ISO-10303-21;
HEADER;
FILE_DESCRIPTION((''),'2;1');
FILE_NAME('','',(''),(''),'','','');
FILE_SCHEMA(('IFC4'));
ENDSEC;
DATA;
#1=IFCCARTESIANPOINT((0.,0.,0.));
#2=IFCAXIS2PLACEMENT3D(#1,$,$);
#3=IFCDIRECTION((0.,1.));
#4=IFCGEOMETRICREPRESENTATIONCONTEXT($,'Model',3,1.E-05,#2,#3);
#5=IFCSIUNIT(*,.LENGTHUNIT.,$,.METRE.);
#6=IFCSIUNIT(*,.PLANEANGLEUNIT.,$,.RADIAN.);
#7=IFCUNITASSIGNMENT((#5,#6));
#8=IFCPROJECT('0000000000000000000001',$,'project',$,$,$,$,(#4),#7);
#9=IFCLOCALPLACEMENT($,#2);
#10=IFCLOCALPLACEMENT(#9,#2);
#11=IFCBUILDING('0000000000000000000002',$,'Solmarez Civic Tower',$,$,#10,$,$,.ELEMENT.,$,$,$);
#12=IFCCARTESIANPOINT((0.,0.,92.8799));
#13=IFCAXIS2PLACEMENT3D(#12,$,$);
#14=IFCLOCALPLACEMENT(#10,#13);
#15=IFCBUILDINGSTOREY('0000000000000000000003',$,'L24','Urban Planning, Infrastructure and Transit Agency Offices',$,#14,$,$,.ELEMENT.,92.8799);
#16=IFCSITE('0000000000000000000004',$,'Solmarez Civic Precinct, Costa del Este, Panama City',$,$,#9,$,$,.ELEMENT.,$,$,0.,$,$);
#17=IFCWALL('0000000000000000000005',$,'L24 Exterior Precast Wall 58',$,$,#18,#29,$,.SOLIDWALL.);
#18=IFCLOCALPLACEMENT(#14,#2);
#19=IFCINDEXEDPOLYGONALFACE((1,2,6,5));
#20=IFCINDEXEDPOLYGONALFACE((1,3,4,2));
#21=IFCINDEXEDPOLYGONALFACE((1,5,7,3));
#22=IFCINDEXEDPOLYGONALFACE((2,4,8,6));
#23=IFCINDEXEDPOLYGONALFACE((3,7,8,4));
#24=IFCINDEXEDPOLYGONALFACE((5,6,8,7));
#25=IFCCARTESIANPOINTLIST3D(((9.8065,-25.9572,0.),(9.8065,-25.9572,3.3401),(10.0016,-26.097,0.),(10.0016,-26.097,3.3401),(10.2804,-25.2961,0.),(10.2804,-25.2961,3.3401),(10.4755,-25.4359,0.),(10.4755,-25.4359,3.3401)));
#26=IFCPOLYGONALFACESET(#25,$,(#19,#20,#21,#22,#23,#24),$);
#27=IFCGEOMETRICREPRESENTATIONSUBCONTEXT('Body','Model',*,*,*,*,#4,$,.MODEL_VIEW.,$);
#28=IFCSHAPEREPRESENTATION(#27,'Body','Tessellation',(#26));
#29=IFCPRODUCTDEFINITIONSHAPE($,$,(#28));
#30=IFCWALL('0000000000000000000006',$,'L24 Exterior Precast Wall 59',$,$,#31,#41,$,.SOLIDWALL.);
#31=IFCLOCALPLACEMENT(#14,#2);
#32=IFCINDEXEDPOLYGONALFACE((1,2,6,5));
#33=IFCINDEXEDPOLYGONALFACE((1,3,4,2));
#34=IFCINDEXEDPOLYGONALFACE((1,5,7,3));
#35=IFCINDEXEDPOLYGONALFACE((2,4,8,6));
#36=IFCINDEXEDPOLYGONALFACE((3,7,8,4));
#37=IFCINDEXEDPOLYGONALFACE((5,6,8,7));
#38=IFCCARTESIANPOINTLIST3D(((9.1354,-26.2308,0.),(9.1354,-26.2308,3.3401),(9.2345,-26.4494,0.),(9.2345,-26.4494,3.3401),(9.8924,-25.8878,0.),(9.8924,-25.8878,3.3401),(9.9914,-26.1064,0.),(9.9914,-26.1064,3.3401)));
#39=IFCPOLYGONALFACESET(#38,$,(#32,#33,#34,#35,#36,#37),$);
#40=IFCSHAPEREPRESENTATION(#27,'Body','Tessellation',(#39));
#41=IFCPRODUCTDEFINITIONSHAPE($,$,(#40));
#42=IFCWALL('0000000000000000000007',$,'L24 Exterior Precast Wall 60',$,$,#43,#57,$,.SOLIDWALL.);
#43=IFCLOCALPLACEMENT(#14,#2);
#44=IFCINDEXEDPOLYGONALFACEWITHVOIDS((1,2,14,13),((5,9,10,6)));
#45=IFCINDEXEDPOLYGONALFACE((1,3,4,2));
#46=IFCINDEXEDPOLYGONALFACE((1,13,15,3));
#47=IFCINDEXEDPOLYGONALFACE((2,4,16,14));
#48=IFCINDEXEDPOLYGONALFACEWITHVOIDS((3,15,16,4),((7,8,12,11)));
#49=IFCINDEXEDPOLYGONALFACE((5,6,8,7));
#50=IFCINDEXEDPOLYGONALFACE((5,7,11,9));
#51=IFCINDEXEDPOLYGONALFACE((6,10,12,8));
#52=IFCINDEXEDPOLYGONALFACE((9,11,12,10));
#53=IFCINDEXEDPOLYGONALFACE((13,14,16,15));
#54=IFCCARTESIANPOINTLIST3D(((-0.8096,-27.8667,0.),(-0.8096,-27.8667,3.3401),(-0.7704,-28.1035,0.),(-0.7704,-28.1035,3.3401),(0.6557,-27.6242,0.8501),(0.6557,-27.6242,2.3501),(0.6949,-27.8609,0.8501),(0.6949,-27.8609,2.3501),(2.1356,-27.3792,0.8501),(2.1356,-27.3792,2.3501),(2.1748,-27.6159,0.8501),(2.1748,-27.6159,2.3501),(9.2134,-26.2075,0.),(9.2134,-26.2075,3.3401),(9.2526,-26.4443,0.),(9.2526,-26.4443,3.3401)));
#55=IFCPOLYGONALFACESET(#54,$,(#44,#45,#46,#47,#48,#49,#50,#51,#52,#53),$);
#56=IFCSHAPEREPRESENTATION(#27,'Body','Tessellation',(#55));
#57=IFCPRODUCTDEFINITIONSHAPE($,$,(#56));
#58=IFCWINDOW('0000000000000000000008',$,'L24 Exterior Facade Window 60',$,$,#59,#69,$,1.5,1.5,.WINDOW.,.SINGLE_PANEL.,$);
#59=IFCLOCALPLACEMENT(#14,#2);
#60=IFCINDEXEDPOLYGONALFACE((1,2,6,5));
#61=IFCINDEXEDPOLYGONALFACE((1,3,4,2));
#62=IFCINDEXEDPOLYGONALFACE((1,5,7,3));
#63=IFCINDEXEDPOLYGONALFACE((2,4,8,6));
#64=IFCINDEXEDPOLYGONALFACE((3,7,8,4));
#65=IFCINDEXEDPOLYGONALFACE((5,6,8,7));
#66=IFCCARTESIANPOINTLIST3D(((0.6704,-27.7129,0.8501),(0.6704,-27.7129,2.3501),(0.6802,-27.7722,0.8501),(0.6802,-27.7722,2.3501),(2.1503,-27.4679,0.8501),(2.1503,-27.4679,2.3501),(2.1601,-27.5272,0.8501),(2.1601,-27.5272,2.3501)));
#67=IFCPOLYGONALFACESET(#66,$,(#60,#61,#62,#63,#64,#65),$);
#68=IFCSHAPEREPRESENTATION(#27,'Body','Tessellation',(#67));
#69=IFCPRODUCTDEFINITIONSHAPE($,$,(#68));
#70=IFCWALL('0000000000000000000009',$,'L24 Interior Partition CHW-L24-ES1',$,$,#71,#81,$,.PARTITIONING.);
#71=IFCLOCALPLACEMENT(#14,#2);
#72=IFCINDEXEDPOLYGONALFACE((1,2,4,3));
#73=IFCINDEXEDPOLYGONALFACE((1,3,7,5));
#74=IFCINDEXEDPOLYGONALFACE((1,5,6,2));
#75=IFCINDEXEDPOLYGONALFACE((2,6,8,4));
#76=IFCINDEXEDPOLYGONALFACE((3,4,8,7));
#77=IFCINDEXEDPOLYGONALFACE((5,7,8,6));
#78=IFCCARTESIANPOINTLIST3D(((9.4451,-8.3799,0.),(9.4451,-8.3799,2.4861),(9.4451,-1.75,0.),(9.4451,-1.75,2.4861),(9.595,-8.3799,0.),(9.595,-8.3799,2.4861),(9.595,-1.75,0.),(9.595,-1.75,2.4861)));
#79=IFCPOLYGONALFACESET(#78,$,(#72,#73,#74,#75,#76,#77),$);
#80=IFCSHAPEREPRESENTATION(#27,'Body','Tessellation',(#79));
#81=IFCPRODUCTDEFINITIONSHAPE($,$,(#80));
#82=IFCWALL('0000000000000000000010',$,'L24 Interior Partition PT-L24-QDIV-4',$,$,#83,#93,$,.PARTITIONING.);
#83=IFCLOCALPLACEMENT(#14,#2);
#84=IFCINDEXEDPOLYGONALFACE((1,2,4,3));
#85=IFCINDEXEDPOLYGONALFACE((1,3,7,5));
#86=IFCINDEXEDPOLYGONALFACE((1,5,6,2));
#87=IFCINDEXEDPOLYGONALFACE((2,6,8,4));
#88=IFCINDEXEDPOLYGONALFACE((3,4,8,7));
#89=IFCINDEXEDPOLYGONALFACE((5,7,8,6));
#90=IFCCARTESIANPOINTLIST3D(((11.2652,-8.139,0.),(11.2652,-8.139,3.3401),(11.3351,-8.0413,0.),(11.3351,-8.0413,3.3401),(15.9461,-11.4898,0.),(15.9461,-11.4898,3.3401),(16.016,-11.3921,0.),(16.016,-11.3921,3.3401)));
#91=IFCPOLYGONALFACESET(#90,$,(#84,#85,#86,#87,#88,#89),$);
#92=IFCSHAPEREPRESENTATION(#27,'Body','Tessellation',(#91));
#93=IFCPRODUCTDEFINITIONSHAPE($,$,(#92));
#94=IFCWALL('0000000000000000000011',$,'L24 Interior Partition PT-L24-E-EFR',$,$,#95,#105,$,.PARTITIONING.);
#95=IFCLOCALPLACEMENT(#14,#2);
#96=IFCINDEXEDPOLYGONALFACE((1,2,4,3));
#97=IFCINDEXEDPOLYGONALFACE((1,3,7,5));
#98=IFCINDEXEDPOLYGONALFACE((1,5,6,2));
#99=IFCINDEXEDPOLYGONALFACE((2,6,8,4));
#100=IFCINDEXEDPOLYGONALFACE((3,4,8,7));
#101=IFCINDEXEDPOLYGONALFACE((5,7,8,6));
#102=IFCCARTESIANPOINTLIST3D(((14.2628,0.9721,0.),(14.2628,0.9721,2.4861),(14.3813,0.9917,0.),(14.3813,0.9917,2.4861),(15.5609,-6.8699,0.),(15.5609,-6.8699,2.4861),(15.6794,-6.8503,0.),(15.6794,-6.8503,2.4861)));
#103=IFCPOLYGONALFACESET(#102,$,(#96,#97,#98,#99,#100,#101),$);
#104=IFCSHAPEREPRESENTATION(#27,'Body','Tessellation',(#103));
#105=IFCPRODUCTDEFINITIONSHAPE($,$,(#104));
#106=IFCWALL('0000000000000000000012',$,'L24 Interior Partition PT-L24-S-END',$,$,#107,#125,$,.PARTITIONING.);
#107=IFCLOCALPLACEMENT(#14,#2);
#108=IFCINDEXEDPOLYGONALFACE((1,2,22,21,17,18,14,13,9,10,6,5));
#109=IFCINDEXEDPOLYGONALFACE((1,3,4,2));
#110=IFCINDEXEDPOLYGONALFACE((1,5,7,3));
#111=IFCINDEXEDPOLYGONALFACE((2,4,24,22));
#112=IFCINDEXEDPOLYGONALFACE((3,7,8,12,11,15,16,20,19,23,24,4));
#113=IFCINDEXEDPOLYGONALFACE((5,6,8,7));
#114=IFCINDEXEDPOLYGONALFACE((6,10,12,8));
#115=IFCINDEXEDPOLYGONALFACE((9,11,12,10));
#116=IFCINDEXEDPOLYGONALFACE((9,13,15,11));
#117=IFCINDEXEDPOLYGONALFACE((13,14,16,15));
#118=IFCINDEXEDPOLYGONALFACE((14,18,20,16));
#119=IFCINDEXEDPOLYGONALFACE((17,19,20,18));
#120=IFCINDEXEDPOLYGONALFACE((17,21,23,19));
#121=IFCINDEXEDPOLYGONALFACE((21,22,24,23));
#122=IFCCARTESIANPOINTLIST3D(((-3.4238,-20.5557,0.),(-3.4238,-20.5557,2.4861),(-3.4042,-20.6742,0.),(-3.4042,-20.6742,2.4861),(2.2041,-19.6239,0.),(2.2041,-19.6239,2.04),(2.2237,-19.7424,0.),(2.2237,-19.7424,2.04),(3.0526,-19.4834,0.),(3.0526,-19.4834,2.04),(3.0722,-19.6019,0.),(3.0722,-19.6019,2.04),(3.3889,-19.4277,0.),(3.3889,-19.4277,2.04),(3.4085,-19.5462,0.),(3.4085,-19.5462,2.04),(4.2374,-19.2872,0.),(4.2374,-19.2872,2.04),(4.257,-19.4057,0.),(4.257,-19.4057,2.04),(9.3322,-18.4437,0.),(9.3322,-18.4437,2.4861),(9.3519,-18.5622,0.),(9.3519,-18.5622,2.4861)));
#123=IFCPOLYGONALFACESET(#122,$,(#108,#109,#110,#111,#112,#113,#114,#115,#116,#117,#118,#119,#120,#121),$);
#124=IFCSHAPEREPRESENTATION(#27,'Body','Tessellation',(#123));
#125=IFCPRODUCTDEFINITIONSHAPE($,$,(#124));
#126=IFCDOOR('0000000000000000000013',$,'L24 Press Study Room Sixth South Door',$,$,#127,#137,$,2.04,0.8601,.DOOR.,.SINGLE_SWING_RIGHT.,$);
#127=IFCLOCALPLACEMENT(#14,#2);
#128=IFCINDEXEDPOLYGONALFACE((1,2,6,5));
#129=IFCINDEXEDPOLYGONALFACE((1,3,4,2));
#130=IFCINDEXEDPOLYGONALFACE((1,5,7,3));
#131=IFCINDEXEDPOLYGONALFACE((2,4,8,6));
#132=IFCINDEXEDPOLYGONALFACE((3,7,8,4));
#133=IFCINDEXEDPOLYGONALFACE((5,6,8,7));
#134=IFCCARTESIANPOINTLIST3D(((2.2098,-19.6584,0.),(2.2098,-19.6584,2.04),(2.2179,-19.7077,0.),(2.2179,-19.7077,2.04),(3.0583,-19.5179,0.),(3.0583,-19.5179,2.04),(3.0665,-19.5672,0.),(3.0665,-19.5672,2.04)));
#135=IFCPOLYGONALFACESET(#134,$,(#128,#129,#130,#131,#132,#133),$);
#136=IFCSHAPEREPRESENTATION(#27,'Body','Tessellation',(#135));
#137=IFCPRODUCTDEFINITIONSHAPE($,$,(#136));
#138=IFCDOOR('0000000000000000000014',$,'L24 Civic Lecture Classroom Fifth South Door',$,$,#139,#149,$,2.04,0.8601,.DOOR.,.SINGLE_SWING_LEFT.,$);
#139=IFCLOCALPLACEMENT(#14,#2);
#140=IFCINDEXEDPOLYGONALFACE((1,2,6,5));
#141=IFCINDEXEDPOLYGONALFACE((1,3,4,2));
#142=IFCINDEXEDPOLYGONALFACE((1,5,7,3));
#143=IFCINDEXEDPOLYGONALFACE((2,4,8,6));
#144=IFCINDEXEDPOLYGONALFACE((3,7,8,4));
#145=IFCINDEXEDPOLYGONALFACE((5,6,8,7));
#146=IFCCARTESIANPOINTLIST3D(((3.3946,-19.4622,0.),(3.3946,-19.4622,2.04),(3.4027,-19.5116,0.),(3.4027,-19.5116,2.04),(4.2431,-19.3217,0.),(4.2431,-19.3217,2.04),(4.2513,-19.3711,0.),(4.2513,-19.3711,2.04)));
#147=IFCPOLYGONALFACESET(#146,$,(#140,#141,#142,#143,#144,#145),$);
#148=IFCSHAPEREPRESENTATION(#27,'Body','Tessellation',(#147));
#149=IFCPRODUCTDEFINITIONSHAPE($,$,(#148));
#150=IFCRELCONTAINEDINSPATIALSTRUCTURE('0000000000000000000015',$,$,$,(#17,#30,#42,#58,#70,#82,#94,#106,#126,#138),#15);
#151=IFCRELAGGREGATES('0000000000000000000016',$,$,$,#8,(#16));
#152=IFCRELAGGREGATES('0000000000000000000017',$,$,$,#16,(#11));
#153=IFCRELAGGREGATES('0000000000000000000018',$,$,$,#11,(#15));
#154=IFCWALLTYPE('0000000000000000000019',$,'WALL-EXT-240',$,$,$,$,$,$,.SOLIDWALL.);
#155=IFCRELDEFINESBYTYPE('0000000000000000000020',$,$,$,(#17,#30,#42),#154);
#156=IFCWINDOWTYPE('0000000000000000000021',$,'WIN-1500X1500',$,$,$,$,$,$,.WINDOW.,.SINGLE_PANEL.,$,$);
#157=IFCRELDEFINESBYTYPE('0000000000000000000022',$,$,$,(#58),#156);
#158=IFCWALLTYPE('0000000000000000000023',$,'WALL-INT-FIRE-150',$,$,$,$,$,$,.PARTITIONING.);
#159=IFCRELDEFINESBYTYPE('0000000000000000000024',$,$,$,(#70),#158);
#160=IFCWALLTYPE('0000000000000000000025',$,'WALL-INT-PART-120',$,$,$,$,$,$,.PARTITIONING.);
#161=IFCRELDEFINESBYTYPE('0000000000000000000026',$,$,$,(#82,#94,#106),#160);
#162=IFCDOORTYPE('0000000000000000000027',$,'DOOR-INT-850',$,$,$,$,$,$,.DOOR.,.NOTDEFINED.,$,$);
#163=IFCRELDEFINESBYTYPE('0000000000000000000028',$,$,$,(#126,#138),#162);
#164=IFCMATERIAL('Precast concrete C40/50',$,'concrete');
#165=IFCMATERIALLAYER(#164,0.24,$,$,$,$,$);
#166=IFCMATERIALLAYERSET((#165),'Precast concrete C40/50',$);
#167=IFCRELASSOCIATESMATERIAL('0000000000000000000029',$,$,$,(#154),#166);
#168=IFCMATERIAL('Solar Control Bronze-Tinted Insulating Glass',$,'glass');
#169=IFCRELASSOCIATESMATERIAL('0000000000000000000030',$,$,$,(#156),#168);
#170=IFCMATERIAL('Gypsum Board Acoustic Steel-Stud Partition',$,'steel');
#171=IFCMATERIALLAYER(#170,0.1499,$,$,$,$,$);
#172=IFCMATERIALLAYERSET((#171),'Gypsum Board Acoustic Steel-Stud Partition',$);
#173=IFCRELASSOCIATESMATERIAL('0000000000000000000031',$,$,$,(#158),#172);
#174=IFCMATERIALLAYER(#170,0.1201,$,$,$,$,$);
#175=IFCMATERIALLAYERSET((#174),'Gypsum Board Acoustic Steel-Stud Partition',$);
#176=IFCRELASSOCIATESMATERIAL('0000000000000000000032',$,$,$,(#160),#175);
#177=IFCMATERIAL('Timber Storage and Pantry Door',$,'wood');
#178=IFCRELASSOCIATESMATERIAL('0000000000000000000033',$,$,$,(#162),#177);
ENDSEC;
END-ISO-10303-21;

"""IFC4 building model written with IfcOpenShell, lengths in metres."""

from ifc_helpers import new_model, si_unit, direction, frame, frame_2d, origin, place, context, subcontext, project, spatial, rectangle, extrude, material, layer, layer_set, type_object, element, fill, save


model = new_model("IFC4")

# Units and contexts
model_context = context("Model", 3, precision=1e-05, world=origin(), true_north=direction((0.0, 1.0)))
body_context = subcontext(model_context, "Body", "Model", "MODEL_VIEW")
ifc_project = project(units=[si_unit("LENGTHUNIT", "METRE"), si_unit("PLANEANGLEUNIT", "RADIAN")], contexts=[model_context])

# Site, building, storey
site_placement = place(None, origin())
site = spatial("IfcSite", under=ifc_project, at=site_placement, Name="Solmarez Civic Precinct, Costa del Este, Panama City", CompositionType="ELEMENT", RefElevation=0.0)
building_placement = place(site_placement, origin())
building = spatial("IfcBuilding", under=site, at=building_placement, Name="Solmarez Civic Tower", CompositionType="ELEMENT")
storey_placement = place(building_placement, frame((0.0, 0.0, 92.8799)))
storey = spatial("IfcBuildingStorey", under=building, at=storey_placement, Name="L24", Description="Urban Planning, Infrastructure and Transit Agency Offices", CompositionType="ELEMENT", Elevation=92.8799)

# Walls
ifc_material_1 = material(Name="Precast concrete C40/50", Category="concrete")
ifc_layer_1 = layer(ifc_material_1, 0.24)
ifc_layer_set_1 = layer_set([ifc_layer_1], Name="Precast concrete C40/50")
wall_type_1 = type_object("IfcWallType", Name="WALL-EXT-240", PredefinedType="SOLIDWALL", material=ifc_layer_set_1)
wall_1_placement = place(storey_placement, frame((10.3779, -25.366, 0.0), z_axis=(0.0, 0.0, 1.0), x_axis=(-0.582572, -0.812779, 0.0)))
element("IfcWall", 1, at=wall_1_placement, inside=storey, type_object=wall_type_1, Name="L24 Exterior Precast Wall 58", PredefinedType="SOLIDWALL", context=body_context, shape_type="SweptSolid", body=[
    extrude(rectangle(XDim=0.8135, YDim=0.24, at=frame_2d((0.4067, 0.0))), origin(), (0.0, 0.0, 1.0), 3.3401),
])
wall_2_placement = place(storey_placement, frame((9.9419, -25.9971, 0.0), z_axis=(0.0, 0.0, 1.0), x_axis=(-0.910819, -0.412807, 0.0)))
element("IfcWall", 2, at=wall_2_placement, inside=storey, type_object=wall_type_1, Name="L24 Exterior Precast Wall 59", PredefinedType="SOLIDWALL", context=body_context, shape_type="SweptSolid", body=[
    extrude(rectangle(XDim=0.8311, YDim=0.24, at=frame_2d((0.4155, 0.0))), origin(), (0.0, 0.0, 1.0), 3.3401),
])

# Wall, opening, window
wall_3_placement = place(storey_placement, frame((9.2329, -26.3259, 0.0), z_axis=(0.0, 0.0, 1.0), x_axis=(-0.986574, -0.163316, 0.0)))
wall_3 = element("IfcWall", 3, at=wall_3_placement, inside=storey, type_object=wall_type_1, Name="L24 Exterior Precast Wall 60", PredefinedType="SOLIDWALL", context=body_context, shape_type="SweptSolid", body=[
    extrude(rectangle(XDim=10.1594, YDim=0.24, at=frame_2d((5.0796, 0.0))), origin(), (0.0, 0.0, 1.0), 3.3401),
])
opening_1_placement = place(wall_3_placement, frame((7.1741, 0.0, 0.8501)))
opening_1 = element("IfcOpeningElement", 4, at=opening_1_placement, cuts=wall_3, PredefinedType="OPENING", context=body_context, shape_type="SweptSolid", body=[
    extrude(rectangle(XDim=1.5, YDim=1.5, at=frame_2d((0.75, 0.75))), frame((0.0, 0.1299, 0.0), z_axis=(0.0, -1.0, 0.0), x_axis=(1.0, 0.0, 0.0)), (0.0, 0.0, 1.0), 0.26),
])
ifc_material_2 = material(Name="Solar Control Bronze-Tinted Insulating Glass", Category="glass")
window_type = type_object("IfcWindowType", Name="WIN-1500X1500", PartitioningType="SINGLE_PANEL", PredefinedType="WINDOW", material=ifc_material_2)
window_placement = place(opening_1_placement, origin())
window = element("IfcWindow", 5, at=window_placement, inside=storey, type_object=window_type, Name="L24 Exterior Facade Window 60", OverallHeight=1.5, OverallWidth=1.5, PartitioningType="SINGLE_PANEL", PredefinedType="WINDOW", context=body_context, shape_type="SweptSolid", body=[
    extrude(rectangle(XDim=1.5, YDim=1.5, at=frame_2d((0.75, 0.75))), frame((0.0, 0.03, 0.0), z_axis=(0.0, -1.0, 0.0), x_axis=(1.0, 0.0, 0.0)), (0.0, 0.0, 1.0), 0.0601),
])
fill(opening_1, window)

# Walls
ifc_material_3 = material(Name="Gypsum Board Acoustic Steel-Stud Partition", Category="steel")
ifc_layer_2 = layer(ifc_material_3, 0.1499)
ifc_layer_set_2 = layer_set([ifc_layer_2], Name="Gypsum Board Acoustic Steel-Stud Partition")
wall_type_2 = type_object("IfcWallType", Name="WALL-INT-FIRE-150", PredefinedType="PARTITIONING", material=ifc_layer_set_2)
wall_4_placement = place(storey_placement, frame((9.52, -8.3799, 0.0), z_axis=(0.0, 0.0, 1.0), x_axis=(0.0, 1.0, 0.0)))
element("IfcWall", 6, at=wall_4_placement, inside=storey, type_object=wall_type_2, Name="L24 Interior Partition CHW-L24-ES1", PredefinedType="PARTITIONING", context=body_context, shape_type="SweptSolid", body=[
    extrude(rectangle(XDim=6.6299, YDim=0.1499, at=frame_2d((3.3149, 0.0))), origin(), (0.0, 0.0, 1.0), 2.4861),
])
ifc_layer_3 = layer(ifc_material_3, 0.1201)
ifc_layer_set_3 = layer_set([ifc_layer_3], Name="Gypsum Board Acoustic Steel-Stud Partition")
wall_type_3 = type_object("IfcWallType", Name="WALL-INT-PART-120", PredefinedType="PARTITIONING", material=ifc_layer_set_3)
wall_5_placement = place(storey_placement, frame((11.3, -8.0901, 0.0), z_axis=(0.0, 0.0, 1.0), x_axis=(0.813131, -0.58208, 0.0)))
element("IfcWall", 7, at=wall_5_placement, inside=storey, type_object=wall_type_3, Name="L24 Interior Partition PT-L24-QDIV-4", PredefinedType="PARTITIONING", context=body_context, shape_type="SweptSolid", body=[
    extrude(rectangle(XDim=5.7566, YDim=0.1201, at=frame_2d((2.8784, 0.0))), origin(), (0.0, 0.0, 1.0), 3.3401),
])
wall_6_placement = place(storey_placement, frame((15.6201, -6.8601, 0.0), z_axis=(0.0, 0.0, 1.0), x_axis=(-0.163308, 0.986575, 0.0)))
element("IfcWall", 8, at=wall_6_placement, inside=storey, type_object=wall_type_3, Name="L24 Interior Partition PT-L24-E-EFR", PredefinedType="PARTITIONING", context=body_context, shape_type="SweptSolid", body=[
    extrude(rectangle(XDim=7.9487, YDim=0.1201, at=frame_2d((3.9744, 0.0))), origin(), (0.0, 0.0, 1.0), 2.4861),
])

# Wall, openings, doors
wall_7_placement = place(storey_placement, frame((9.342, -18.5029, 0.0), z_axis=(0.0, 0.0, 1.0), x_axis=(-0.986568, -0.163349, 0.0)))
wall_7 = element("IfcWall", 9, at=wall_7_placement, inside=storey, type_object=wall_type_3, Name="L24 Interior Partition PT-L24-S-END", PredefinedType="PARTITIONING", context=body_context, shape_type="SweptSolid", body=[
    extrude(rectangle(XDim=12.9297, YDim=0.1201, at=frame_2d((6.4648, 0.0))), origin(), (0.0, 0.0, 1.0), 2.4861),
])
opening_2_placement = place(wall_7_placement, frame((6.365, 0.0, 0.0)))
opening_2 = element("IfcOpeningElement", 10, at=opening_2_placement, cuts=wall_7, PredefinedType="OPENING", context=body_context, shape_type="SweptSolid", body=[
    extrude(rectangle(XDim=0.8601, YDim=2.04, at=frame_2d((0.4302, 1.02))), frame((0.0, 0.0701, 0.0), z_axis=(0.0, -1.0, 0.0), x_axis=(1.0, 0.0, 0.0)), (0.0, 0.0, 1.0), 0.1401),
])
opening_3_placement = place(wall_7_placement, frame((5.1641, 0.0, 0.0)))
opening_3 = element("IfcOpeningElement", 11, at=opening_3_placement, cuts=wall_7, PredefinedType="OPENING", context=body_context, shape_type="SweptSolid", body=[
    extrude(rectangle(XDim=0.8601, YDim=2.04, at=frame_2d((0.4302, 1.02))), frame((0.0, 0.0701, 0.0), z_axis=(0.0, -1.0, 0.0), x_axis=(1.0, 0.0, 0.0)), (0.0, 0.0, 1.0), 0.1401),
])
ifc_material_4 = material(Name="Timber Storage and Pantry Door", Category="wood")
door_type = type_object("IfcDoorType", Name="DOOR-INT-850", OperationType="NOTDEFINED", PredefinedType="DOOR", material=ifc_material_4)
door_1_placement = place(opening_2_placement, origin())
door_1 = element("IfcDoor", 12, at=door_1_placement, inside=storey, type_object=door_type, Name="L24 Press Study Room Sixth South Door", OperationType="SINGLE_SWING_RIGHT", OverallHeight=2.04, OverallWidth=0.8601, PredefinedType="DOOR", context=body_context, shape_type="SweptSolid", body=[
    extrude(rectangle(XDim=0.8601, YDim=2.04, at=frame_2d((0.4302, 1.02))), frame((0.0, 0.0249, 0.0), z_axis=(0.0, -1.0, 0.0), x_axis=(1.0, 0.0, 0.0)), (0.0, 0.0, 1.0), 0.05),
])
fill(opening_2, door_1)
door_2_placement = place(opening_3_placement, origin())
door_2 = element("IfcDoor", 13, at=door_2_placement, inside=storey, type_object=door_type, Name="L24 Civic Lecture Classroom Fifth South Door", OperationType="SINGLE_SWING_LEFT", OverallHeight=2.04, OverallWidth=0.8601, PredefinedType="DOOR", context=body_context, shape_type="SweptSolid", body=[
    extrude(rectangle(XDim=0.8601, YDim=2.04, at=frame_2d((0.4302, 1.02))), frame((0.0, 0.0249, 0.0), z_axis=(0.0, -1.0, 0.0), x_axis=(1.0, 0.0, 0.0)), (0.0, 0.0, 1.0), 0.05),
])
fill(opening_3, door_2)

save(model, "model.ifc")
